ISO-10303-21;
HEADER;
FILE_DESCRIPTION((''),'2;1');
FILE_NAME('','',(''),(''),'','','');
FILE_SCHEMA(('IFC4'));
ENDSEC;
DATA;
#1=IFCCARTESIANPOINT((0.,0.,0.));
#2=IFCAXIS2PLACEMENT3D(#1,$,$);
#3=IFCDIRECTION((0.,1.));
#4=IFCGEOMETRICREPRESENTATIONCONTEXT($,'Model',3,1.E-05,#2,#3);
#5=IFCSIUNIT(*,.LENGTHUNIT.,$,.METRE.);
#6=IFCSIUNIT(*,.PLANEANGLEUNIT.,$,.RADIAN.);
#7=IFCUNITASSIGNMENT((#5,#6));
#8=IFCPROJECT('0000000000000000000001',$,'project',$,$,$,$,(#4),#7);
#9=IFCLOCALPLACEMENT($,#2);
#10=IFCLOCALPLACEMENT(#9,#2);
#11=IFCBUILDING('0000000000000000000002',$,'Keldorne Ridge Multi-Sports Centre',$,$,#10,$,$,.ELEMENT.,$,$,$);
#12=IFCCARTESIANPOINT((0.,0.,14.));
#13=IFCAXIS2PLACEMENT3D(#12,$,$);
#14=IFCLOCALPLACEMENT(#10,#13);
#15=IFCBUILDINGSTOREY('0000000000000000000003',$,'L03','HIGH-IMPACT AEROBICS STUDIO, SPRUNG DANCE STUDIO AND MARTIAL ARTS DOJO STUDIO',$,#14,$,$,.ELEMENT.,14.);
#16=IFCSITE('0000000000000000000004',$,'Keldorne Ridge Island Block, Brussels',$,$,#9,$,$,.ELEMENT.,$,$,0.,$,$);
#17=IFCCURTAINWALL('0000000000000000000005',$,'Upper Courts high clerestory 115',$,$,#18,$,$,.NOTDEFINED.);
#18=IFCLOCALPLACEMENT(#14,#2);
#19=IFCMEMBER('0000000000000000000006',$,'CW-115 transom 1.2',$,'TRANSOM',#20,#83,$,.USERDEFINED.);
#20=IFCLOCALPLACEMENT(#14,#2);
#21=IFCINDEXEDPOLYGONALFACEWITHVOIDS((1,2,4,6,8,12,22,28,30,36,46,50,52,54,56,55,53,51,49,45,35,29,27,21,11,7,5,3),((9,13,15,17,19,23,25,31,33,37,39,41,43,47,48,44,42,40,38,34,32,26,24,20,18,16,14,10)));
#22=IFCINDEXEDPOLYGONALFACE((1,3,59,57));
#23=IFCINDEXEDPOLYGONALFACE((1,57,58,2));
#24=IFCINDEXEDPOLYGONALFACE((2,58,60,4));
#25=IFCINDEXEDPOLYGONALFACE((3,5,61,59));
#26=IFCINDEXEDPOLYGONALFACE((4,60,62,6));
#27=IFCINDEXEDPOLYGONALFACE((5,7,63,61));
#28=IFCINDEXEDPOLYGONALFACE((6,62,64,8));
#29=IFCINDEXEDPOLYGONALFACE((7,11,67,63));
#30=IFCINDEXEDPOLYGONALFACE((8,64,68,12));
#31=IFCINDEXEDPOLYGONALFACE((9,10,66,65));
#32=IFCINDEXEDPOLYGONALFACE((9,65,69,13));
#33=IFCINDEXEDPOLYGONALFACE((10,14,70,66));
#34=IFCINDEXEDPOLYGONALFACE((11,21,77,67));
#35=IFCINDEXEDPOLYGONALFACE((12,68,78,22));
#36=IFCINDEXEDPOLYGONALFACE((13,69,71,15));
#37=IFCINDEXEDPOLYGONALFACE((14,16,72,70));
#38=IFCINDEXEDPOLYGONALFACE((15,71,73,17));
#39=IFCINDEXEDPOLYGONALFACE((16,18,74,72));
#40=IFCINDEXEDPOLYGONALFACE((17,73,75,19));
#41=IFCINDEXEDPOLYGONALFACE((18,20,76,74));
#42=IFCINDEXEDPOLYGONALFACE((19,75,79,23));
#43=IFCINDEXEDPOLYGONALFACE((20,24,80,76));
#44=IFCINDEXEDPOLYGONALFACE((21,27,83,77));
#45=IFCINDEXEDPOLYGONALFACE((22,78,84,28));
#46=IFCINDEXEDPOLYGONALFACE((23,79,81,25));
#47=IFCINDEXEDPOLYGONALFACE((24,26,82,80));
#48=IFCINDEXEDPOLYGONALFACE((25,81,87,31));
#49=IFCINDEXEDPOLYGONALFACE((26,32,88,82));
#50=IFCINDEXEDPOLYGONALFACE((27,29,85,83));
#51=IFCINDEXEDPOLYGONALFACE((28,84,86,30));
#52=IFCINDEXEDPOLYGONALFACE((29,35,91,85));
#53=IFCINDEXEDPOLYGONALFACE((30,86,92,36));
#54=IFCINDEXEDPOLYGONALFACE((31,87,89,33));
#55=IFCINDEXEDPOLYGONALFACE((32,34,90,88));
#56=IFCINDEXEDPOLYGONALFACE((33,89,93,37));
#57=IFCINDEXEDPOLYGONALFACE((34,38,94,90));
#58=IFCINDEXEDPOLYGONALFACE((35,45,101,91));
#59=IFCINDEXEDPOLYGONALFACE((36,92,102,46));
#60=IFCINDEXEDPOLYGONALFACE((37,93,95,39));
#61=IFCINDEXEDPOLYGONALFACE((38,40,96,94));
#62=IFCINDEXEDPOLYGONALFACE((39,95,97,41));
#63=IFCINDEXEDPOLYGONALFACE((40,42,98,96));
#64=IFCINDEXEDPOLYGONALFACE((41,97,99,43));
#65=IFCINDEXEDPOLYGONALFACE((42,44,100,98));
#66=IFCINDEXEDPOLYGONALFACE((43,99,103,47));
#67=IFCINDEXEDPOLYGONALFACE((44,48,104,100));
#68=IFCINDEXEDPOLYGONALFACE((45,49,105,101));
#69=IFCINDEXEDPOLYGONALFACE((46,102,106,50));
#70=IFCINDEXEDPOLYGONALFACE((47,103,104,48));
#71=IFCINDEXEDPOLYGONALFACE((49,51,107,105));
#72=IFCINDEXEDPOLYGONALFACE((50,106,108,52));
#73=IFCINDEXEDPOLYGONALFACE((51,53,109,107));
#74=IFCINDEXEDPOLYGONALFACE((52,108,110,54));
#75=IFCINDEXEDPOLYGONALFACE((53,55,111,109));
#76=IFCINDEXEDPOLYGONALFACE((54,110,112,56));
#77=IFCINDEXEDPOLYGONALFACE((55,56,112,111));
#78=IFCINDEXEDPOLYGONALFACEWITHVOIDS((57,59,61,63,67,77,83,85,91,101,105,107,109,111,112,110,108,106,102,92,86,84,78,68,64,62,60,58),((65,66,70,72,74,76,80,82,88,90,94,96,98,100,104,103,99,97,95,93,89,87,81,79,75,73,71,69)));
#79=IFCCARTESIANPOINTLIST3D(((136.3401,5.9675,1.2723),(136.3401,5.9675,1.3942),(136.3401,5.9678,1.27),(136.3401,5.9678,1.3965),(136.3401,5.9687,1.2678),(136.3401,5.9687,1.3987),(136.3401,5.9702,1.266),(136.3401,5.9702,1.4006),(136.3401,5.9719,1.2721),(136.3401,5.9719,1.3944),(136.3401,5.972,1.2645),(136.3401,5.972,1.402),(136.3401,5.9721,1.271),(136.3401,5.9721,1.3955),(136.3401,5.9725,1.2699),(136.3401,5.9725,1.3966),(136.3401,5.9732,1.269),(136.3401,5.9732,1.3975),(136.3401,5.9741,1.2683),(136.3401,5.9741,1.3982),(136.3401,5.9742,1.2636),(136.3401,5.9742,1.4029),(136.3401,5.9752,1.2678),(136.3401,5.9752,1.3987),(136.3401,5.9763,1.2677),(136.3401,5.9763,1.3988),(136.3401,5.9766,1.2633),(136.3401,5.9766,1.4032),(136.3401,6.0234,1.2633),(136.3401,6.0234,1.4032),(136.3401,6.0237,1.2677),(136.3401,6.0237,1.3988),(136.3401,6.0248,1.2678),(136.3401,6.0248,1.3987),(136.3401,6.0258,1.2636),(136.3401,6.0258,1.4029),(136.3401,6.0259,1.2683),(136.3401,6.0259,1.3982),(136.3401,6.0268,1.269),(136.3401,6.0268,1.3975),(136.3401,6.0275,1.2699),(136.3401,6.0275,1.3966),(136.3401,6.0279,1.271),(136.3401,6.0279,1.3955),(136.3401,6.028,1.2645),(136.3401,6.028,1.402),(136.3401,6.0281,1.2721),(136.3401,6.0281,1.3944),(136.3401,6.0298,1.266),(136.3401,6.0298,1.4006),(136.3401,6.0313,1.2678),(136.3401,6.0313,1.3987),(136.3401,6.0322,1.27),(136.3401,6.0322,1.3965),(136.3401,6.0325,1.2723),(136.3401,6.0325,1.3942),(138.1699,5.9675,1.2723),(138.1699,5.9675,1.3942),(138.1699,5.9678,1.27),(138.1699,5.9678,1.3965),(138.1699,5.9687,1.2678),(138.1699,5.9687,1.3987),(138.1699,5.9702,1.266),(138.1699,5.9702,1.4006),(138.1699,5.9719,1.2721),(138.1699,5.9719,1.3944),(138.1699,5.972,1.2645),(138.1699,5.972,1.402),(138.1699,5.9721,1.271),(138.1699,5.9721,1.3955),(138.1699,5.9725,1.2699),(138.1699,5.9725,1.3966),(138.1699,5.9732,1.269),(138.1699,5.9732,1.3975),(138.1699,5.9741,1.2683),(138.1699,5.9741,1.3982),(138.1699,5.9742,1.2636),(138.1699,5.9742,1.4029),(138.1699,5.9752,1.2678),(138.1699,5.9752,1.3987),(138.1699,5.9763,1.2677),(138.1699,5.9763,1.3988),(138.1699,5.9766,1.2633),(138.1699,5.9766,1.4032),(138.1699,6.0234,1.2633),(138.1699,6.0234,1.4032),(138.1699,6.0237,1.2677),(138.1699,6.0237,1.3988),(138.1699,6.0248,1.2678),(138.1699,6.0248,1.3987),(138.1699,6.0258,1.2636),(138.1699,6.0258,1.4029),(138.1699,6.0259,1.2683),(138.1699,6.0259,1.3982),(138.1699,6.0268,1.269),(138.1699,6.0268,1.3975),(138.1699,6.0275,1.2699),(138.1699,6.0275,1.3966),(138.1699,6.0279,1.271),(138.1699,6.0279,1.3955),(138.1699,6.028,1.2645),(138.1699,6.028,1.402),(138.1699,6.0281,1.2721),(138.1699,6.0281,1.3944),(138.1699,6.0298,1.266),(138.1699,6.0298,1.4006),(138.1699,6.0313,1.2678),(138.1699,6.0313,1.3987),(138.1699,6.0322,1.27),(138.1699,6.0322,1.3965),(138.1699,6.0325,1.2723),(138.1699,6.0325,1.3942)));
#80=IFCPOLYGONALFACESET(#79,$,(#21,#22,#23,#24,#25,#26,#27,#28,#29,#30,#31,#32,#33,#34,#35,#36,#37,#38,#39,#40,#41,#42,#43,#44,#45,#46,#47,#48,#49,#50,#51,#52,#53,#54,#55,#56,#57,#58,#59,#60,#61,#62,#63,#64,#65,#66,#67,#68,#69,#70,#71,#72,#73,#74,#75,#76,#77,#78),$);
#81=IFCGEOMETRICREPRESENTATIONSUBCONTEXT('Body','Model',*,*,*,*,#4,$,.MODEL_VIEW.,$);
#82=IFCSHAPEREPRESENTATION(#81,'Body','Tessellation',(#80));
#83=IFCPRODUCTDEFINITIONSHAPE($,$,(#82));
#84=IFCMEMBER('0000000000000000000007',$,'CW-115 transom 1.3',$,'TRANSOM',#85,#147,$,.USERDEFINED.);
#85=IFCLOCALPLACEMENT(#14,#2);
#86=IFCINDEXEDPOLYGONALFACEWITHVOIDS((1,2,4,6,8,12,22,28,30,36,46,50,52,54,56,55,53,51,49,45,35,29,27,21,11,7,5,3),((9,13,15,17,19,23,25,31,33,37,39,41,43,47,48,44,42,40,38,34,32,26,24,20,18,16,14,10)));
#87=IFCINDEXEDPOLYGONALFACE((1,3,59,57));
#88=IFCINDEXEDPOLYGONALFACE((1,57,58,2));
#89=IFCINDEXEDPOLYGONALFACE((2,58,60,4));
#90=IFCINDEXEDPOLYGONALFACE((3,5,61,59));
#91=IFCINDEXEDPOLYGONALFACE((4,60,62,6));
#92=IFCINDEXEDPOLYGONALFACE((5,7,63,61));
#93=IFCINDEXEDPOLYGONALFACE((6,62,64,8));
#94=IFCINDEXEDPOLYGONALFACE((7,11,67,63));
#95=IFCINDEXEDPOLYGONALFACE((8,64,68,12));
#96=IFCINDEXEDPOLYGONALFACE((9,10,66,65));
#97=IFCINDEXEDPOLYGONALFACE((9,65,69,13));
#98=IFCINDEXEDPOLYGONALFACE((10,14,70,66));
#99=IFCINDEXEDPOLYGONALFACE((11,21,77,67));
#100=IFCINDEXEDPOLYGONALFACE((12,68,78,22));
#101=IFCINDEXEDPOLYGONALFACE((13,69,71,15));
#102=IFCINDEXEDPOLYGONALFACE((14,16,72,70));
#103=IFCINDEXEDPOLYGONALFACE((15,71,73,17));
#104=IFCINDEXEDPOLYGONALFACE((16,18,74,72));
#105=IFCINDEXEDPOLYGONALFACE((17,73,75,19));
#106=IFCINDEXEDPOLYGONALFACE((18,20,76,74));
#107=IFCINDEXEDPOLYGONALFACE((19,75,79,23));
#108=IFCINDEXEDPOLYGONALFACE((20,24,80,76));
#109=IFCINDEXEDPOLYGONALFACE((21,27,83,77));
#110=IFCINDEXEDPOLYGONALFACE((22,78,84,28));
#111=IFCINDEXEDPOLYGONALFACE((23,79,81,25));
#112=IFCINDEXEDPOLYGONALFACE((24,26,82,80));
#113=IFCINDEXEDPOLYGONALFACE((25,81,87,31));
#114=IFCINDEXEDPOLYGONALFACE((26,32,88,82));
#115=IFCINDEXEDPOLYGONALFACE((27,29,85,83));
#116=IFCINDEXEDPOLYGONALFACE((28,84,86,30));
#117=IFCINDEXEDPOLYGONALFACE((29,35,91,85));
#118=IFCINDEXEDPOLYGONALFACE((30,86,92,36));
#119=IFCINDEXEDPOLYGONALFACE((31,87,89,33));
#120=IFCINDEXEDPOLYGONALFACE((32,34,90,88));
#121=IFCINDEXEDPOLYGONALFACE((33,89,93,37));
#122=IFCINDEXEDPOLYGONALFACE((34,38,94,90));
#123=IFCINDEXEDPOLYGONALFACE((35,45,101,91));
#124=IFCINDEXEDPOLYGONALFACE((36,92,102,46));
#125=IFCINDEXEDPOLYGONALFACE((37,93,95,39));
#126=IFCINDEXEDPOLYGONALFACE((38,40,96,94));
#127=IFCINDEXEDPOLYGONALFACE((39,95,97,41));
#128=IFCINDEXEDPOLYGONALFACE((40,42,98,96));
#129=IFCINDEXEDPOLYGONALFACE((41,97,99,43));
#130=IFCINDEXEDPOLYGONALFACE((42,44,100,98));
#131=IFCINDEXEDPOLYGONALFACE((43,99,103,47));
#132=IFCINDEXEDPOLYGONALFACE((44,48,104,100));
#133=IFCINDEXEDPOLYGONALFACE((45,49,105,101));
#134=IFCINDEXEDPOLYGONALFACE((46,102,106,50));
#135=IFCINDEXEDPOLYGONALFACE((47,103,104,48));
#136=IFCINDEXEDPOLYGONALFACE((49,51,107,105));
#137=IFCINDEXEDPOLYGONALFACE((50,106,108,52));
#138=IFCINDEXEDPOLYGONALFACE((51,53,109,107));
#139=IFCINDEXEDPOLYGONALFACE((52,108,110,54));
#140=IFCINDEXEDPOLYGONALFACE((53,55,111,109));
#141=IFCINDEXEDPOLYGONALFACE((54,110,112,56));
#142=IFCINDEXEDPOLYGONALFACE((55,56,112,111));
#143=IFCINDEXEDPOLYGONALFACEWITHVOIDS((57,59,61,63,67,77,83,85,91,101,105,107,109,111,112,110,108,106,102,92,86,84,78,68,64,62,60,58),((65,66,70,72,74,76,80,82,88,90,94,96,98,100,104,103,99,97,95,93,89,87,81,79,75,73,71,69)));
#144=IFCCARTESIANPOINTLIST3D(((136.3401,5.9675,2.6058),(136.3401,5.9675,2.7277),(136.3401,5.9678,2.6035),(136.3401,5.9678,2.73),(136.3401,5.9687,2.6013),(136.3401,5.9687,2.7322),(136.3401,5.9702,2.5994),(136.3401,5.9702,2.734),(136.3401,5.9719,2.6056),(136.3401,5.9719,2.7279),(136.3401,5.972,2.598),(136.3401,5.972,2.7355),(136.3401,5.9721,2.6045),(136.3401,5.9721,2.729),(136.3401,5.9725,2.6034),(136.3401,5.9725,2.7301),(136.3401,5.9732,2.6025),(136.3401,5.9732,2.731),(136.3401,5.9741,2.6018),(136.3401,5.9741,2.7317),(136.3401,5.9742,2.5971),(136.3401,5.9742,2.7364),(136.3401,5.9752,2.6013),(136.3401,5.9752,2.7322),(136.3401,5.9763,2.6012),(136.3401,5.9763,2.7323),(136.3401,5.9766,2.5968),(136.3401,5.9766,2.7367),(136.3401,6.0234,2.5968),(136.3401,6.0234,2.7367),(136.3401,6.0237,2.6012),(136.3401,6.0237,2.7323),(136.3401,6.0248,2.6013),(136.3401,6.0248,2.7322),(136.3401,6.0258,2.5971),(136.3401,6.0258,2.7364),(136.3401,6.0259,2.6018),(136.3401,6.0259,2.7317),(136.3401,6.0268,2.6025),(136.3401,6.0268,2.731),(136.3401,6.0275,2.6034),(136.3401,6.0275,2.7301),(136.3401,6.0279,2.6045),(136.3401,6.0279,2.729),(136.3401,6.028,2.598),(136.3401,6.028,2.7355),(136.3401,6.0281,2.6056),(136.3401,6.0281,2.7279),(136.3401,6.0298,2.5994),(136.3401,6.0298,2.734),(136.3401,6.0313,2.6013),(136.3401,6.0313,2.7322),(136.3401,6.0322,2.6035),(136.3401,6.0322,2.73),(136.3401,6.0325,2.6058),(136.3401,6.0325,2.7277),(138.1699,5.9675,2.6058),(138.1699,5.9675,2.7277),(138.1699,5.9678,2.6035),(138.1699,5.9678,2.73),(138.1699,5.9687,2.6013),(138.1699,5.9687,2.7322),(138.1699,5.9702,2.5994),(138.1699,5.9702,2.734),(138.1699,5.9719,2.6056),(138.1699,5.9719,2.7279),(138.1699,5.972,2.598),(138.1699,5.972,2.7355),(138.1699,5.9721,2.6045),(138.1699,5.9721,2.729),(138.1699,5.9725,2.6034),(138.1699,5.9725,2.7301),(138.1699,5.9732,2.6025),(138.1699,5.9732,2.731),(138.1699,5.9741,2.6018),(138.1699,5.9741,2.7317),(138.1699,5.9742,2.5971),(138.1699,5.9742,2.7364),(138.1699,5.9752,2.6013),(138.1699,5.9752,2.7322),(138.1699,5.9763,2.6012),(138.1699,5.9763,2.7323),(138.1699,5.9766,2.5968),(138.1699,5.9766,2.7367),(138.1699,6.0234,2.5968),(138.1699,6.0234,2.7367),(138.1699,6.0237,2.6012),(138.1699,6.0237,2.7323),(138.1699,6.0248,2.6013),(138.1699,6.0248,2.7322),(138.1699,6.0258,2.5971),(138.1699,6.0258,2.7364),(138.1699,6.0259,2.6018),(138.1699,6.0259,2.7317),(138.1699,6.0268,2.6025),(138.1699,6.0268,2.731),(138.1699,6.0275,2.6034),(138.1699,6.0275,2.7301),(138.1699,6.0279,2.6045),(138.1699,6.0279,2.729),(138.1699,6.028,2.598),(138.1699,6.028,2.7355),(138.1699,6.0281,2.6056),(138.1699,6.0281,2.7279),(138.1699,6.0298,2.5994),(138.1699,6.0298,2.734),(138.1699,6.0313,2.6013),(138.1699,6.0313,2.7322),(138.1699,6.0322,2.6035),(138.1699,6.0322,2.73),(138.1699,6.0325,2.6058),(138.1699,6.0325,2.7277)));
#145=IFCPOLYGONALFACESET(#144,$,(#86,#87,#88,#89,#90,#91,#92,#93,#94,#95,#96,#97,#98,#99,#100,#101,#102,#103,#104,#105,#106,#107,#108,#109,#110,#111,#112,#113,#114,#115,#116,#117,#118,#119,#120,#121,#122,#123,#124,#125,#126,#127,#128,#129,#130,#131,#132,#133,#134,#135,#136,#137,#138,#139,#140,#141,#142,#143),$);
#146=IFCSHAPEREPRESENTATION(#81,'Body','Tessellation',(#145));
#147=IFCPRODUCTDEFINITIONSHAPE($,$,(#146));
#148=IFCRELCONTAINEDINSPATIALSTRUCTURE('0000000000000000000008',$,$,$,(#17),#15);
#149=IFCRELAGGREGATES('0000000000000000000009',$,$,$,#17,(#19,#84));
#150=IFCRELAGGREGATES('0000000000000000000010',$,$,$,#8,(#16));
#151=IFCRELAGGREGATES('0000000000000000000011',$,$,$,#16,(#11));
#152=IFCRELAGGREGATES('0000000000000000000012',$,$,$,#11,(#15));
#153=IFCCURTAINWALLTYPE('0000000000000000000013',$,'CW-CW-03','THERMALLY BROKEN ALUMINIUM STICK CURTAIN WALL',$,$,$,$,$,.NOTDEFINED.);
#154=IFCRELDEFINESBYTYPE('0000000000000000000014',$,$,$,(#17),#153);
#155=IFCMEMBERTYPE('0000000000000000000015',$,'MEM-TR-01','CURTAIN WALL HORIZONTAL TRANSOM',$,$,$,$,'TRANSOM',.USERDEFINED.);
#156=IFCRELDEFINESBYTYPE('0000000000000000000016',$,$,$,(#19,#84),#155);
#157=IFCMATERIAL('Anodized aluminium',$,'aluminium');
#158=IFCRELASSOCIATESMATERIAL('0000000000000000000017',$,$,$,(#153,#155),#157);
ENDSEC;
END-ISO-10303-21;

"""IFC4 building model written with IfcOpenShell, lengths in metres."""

from ifc_helpers import new_model, si_unit, direction, frame, origin, origin_2d, place, context, subcontext, project, spatial, hollow_rectangle, extrude, material, material_profile, profile_set, type_object, element, aggregate, save


model = new_model("IFC4")

# Units and contexts
model_context = context("Model", 3, precision=1e-05, world=origin(), true_north=direction((0.0, 1.0)))
body_context = subcontext(model_context, "Body", "Model", "MODEL_VIEW")
ifc_project = project(units=[si_unit("LENGTHUNIT", "METRE"), si_unit("PLANEANGLEUNIT", "RADIAN")], contexts=[model_context])

# Site, building, storey
site_placement = place(None, origin())
site = spatial("IfcSite", under=ifc_project, at=site_placement, Name="Keldorne Ridge Island Block, Brussels", CompositionType="ELEMENT", RefElevation=0.0)
building_placement = place(site_placement, origin())
building = spatial("IfcBuilding", under=site, at=building_placement, Name="Keldorne Ridge Multi-Sports Centre", CompositionType="ELEMENT")
storey_placement = place(building_placement, frame((0.0, 0.0, 14.0)))
storey = spatial("IfcBuildingStorey", under=building, at=storey_placement, Name="L03", Description="HIGH-IMPACT AEROBICS STUDIO, SPRUNG DANCE STUDIO AND MARTIAL ARTS DOJO STUDIO", CompositionType="ELEMENT", Elevation=14.0)

# Curtain wall
ifc_material_1 = material(Name="Anodized aluminium", Category="aluminium")
curtain_wall_type = type_object("IfcCurtainWallType", Name="CW-CW-03", Description="THERMALLY BROKEN ALUMINIUM STICK CURTAIN WALL", PredefinedType="NOTDEFINED", material=ifc_material_1)
curtain_wall_placement = place(storey_placement, origin())
curtain_wall = element("IfcCurtainWall", 1, at=curtain_wall_placement, inside=storey, type_object=curtain_wall_type, Name="Upper Courts high clerestory 115", PredefinedType="NOTDEFINED")

# Members
ifc_material_profile_1 = material_profile(ifc_material_1, hollow_rectangle(XDim=0.0649, YDim=0.1399, WallThickness=0.0044, InnerFilletRadius=0.0044, OuterFilletRadius=0.009, at=origin_2d()), Name="ALU TRANSOM 140x65x4.5")
ifc_profile_set_1 = profile_set([ifc_material_profile_1], Name="Anodized aluminium")
member_type_1 = type_object("IfcMemberType", Name="MEM-TR-01", Description="CURTAIN WALL HORIZONTAL TRANSOM", ElementType="TRANSOM", PredefinedType="USERDEFINED", material=ifc_profile_set_1)
member_1_placement = place(storey_placement, frame((136.3401, 6.0, 1.3333), z_axis=(1.0, 0.0, 0.0), x_axis=(0.0, 1.0, 0.0)))
member_1 = element("IfcMember", 2, at=member_1_placement, type_object=member_type_1, Name="CW-115 transom 1.2", ObjectType="TRANSOM", PredefinedType="USERDEFINED", context=body_context, shape_type="SweptSolid", body=[
    extrude(hollow_rectangle(XDim=0.0649, YDim=0.1399, WallThickness=0.0044, InnerFilletRadius=0.0044, OuterFilletRadius=0.009, at=origin_2d()), origin(), (0.0, 0.0, 1.0), 1.8298),
])
member_2_placement = place(storey_placement, frame((136.3401, 6.0, 2.6667), z_axis=(1.0, 0.0, 0.0), x_axis=(0.0, 1.0, 0.0)))
member_2 = element("IfcMember", 3, at=member_2_placement, type_object=member_type_1, Name="CW-115 transom 1.3", ObjectType="TRANSOM", PredefinedType="USERDEFINED", context=body_context, shape_type="SweptSolid", body=[
    extrude(hollow_rectangle(XDim=0.0649, YDim=0.1399, WallThickness=0.0044, InnerFilletRadius=0.0044, OuterFilletRadius=0.009, at=origin_2d()), origin(), (0.0, 0.0, 1.0), 1.8298),
])

aggregate(curtain_wall, [member_1, member_2])

save(model, "model.ifc")
